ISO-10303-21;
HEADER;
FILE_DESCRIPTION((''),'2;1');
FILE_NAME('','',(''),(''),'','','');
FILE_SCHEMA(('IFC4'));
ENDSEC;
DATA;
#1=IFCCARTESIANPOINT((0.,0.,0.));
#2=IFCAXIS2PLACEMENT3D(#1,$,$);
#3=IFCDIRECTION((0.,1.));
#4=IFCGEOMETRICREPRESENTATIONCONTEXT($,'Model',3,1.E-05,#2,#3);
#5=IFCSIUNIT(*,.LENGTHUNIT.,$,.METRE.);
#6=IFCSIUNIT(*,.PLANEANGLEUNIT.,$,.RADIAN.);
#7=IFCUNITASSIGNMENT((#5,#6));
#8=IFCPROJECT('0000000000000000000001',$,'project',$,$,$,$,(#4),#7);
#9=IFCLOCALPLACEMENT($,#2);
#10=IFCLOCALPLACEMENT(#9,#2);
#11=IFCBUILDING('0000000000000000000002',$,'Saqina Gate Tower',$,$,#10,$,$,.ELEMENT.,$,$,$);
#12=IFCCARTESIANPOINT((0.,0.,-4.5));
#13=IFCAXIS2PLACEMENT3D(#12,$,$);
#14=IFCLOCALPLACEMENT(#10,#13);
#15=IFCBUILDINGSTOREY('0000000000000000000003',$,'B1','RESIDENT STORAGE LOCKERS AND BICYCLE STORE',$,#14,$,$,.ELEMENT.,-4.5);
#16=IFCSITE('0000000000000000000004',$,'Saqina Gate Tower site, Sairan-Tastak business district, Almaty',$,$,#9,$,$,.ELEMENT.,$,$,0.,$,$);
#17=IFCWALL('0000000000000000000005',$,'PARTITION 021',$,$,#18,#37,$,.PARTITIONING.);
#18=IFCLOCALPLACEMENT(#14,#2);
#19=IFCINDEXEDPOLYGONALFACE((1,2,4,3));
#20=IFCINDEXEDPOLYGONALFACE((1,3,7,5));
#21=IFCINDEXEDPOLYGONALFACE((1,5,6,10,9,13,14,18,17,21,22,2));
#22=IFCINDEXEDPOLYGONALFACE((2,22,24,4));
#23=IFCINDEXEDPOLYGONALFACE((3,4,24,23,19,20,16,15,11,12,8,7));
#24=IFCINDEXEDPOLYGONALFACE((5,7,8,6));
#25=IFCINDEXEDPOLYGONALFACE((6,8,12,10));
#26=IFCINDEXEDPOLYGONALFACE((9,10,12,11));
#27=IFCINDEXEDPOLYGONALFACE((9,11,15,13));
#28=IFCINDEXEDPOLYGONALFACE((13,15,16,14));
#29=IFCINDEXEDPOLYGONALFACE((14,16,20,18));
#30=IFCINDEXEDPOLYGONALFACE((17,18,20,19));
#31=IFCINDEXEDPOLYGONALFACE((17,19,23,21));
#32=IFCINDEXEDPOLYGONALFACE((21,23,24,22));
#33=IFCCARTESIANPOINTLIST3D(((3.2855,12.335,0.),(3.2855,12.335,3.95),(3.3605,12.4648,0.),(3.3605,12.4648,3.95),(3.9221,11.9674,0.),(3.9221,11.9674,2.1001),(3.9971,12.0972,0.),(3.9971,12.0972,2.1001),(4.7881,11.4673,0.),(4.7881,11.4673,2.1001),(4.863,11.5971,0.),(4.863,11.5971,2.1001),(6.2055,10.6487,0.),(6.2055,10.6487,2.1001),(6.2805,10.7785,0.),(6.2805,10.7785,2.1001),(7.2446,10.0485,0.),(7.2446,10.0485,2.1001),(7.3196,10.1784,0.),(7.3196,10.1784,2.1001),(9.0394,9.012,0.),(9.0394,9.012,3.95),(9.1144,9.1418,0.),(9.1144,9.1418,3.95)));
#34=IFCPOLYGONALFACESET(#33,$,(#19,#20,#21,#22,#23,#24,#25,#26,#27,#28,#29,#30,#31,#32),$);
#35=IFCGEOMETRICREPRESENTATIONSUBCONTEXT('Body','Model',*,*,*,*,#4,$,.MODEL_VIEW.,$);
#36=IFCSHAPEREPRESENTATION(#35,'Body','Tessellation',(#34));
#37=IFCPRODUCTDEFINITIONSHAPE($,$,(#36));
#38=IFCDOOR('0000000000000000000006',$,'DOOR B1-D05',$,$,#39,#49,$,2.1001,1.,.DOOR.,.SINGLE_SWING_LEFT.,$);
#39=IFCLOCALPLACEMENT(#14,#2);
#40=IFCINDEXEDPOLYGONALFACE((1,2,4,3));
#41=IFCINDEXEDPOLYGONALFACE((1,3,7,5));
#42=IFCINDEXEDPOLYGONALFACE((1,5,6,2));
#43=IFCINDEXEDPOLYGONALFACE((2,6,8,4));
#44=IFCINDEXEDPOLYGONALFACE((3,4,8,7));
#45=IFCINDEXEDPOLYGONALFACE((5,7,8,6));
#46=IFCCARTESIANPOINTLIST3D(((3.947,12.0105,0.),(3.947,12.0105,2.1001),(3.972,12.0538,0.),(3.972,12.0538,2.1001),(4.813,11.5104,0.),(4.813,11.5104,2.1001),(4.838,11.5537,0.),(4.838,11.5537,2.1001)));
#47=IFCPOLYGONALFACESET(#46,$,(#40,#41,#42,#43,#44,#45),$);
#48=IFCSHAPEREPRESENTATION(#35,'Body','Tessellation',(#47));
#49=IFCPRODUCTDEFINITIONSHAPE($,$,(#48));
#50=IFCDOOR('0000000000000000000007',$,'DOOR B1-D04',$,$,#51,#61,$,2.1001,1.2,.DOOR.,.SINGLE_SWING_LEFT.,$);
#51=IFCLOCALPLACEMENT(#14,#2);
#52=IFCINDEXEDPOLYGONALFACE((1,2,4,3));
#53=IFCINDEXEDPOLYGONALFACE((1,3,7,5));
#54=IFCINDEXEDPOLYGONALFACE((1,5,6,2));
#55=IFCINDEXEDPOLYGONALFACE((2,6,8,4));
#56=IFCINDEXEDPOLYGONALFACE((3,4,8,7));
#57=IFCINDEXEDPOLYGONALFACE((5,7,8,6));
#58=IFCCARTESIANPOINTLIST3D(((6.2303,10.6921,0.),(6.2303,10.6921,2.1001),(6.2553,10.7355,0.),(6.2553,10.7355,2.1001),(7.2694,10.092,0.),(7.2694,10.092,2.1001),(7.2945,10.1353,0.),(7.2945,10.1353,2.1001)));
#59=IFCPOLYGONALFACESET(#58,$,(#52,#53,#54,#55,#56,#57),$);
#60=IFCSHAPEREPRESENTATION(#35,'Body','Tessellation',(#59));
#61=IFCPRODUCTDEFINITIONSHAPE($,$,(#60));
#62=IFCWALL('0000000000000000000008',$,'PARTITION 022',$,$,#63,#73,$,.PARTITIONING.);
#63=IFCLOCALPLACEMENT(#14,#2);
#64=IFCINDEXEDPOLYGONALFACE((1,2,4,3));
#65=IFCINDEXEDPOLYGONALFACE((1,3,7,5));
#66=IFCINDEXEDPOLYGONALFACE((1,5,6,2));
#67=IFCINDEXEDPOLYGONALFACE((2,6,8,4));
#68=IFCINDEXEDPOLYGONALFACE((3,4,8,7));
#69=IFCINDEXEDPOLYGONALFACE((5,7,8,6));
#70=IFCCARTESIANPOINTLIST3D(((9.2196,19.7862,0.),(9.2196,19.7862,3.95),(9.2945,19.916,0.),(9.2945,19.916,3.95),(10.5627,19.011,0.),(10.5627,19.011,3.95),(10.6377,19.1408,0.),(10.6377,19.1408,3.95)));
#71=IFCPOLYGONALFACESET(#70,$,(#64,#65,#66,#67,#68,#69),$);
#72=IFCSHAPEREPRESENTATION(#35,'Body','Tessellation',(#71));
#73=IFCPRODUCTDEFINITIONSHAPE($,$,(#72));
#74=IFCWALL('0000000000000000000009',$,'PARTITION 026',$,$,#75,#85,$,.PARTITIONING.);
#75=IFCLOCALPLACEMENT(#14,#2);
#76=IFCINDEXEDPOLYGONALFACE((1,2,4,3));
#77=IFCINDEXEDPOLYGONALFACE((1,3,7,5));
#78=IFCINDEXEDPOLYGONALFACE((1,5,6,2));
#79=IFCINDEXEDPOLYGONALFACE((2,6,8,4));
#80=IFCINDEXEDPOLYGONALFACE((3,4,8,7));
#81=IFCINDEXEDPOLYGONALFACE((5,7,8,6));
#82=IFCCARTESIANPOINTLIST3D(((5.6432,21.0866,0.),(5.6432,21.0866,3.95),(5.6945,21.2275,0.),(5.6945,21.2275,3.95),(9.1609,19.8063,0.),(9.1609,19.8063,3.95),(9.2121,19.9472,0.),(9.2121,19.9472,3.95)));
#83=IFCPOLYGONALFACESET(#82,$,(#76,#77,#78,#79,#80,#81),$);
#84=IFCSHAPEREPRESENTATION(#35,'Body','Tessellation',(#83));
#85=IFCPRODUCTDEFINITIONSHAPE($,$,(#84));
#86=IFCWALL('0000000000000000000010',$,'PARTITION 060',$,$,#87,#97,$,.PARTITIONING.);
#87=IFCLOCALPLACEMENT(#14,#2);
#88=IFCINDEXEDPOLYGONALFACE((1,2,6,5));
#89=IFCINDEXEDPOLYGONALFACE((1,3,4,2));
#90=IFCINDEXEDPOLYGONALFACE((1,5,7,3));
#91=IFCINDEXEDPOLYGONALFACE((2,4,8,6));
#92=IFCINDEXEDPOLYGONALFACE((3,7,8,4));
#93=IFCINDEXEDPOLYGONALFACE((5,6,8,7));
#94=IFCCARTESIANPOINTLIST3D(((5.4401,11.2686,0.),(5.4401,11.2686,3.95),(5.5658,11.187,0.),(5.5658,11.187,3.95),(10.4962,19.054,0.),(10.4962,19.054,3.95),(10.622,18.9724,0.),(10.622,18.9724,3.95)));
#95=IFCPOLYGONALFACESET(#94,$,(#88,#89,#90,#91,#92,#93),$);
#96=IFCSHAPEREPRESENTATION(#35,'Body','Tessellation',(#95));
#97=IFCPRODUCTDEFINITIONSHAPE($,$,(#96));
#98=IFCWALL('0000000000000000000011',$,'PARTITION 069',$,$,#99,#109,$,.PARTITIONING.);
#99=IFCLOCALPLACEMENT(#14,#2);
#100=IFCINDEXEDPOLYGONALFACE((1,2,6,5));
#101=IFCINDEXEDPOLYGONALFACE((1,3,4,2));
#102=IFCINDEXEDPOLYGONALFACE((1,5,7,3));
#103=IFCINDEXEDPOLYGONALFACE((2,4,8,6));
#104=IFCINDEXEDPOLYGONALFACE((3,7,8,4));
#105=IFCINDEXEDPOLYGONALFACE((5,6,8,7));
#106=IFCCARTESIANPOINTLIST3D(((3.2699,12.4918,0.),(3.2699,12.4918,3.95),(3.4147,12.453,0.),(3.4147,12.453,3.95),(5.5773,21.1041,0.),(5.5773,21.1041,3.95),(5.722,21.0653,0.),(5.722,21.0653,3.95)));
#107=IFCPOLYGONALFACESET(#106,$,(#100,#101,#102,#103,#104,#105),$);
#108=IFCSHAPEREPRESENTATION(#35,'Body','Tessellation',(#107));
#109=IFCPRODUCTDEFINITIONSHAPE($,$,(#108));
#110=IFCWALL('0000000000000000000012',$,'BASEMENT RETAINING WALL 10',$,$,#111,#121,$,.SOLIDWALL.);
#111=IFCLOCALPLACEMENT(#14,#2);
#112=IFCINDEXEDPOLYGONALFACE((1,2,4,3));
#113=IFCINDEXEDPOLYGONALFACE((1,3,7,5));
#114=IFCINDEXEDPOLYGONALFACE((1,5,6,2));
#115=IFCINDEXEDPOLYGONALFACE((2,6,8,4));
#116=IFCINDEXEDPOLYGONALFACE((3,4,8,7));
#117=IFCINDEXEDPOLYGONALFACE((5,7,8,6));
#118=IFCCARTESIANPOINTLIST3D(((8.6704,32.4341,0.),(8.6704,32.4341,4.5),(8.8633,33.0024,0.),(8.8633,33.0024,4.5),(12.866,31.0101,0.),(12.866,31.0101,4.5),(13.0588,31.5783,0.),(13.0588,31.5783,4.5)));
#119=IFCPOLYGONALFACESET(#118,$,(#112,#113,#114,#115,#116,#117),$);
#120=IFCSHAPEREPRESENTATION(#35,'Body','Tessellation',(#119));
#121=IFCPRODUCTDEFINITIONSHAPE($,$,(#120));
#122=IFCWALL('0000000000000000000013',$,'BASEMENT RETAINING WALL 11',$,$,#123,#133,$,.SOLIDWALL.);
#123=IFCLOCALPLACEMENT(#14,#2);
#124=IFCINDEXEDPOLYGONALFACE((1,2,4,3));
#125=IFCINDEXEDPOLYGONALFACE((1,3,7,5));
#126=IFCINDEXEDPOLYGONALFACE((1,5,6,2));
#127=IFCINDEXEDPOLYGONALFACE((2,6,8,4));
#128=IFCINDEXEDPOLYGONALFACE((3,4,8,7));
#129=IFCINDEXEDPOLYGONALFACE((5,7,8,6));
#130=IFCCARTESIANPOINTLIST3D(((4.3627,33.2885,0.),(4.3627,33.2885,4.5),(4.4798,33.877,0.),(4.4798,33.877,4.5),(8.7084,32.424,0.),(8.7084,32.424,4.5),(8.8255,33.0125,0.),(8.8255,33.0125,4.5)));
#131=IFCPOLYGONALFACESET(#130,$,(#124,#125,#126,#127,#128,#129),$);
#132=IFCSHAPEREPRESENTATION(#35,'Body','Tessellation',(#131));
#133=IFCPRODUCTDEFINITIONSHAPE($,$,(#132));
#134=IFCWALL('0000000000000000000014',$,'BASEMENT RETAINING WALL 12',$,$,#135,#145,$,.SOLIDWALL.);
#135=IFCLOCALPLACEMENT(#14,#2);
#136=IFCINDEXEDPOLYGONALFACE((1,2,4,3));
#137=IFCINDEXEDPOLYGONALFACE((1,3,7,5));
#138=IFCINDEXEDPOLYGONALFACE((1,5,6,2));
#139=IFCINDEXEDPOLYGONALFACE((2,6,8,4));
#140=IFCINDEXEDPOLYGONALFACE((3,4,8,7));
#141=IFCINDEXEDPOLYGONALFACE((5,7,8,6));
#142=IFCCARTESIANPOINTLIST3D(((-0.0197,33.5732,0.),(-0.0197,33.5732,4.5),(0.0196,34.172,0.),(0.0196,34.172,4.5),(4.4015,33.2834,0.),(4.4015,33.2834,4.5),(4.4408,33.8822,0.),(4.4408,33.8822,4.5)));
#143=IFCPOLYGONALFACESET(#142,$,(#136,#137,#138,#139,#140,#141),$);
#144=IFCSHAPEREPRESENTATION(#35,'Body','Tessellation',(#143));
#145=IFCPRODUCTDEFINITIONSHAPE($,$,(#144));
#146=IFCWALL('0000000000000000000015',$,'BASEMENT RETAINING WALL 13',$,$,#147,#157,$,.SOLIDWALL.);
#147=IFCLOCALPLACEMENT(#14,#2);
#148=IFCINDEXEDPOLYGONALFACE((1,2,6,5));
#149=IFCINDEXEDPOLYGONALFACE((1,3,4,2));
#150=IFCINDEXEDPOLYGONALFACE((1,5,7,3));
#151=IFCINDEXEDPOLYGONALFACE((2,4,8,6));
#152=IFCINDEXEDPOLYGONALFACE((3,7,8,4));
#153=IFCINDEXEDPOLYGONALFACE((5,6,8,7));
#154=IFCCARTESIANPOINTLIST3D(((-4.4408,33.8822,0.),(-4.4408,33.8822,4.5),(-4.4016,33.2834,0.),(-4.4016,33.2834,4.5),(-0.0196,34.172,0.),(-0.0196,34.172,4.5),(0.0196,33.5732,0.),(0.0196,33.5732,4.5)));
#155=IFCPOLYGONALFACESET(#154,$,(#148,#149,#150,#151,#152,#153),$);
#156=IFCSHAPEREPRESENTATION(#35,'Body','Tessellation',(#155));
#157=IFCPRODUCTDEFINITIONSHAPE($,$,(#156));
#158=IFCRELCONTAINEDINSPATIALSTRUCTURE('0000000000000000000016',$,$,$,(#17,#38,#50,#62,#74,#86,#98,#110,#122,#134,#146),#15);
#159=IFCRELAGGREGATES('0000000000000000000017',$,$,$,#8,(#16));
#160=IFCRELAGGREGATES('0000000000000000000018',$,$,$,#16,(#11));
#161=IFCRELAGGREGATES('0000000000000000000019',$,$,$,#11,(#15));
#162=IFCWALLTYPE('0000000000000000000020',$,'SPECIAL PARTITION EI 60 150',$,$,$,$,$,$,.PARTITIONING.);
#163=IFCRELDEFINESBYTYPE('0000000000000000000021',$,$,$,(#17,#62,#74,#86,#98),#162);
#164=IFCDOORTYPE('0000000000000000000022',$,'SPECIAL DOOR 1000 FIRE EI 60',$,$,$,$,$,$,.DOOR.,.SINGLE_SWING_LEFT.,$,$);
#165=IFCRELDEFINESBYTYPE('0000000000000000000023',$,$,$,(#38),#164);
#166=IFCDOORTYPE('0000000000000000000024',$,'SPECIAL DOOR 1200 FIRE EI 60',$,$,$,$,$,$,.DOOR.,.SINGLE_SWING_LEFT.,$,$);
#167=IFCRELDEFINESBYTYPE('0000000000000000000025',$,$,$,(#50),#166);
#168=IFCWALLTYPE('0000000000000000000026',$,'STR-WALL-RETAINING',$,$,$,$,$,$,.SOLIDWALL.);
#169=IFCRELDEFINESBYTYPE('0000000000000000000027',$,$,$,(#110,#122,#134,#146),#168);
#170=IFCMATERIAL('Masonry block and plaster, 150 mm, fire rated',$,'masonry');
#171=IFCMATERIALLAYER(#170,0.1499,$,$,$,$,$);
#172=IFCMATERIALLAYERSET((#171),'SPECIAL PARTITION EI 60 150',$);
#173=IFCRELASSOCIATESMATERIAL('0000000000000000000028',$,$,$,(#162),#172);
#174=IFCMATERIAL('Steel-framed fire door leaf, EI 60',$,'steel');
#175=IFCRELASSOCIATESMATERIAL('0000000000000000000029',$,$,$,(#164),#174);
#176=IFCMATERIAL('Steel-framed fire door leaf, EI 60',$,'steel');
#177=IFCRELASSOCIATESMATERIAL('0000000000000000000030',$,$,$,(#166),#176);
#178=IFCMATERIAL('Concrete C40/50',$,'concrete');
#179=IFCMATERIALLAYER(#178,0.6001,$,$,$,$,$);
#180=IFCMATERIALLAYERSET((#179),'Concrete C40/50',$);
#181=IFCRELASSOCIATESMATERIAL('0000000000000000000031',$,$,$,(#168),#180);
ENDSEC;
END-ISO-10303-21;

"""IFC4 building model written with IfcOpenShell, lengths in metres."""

from ifc_helpers import new_model, si_unit, direction, frame, frame_2d, origin, place, context, subcontext, project, spatial, rectangle, extrude, material, layer, layer_set, type_object, element, fill, save


model = new_model("IFC4")

# Units and contexts
model_context = context("Model", 3, precision=1e-05, world=origin(), true_north=direction((0.0, 1.0)))
body_context = subcontext(model_context, "Body", "Model", "MODEL_VIEW")
ifc_project = project(units=[si_unit("LENGTHUNIT", "METRE"), si_unit("PLANEANGLEUNIT", "RADIAN")], contexts=[model_context])

# Site, building, storey
site_placement = place(None, origin())
site = spatial("IfcSite", under=ifc_project, at=site_placement, Name="Saqina Gate Tower site, Sairan-Tastak business district, Almaty", CompositionType="ELEMENT", RefElevation=0.0)
building_placement = place(site_placement, origin())
building = spatial("IfcBuilding", under=site, at=building_placement, Name="Saqina Gate Tower", CompositionType="ELEMENT")
storey_placement = place(building_placement, frame((0.0, 0.0, -4.5)))
storey = spatial("IfcBuildingStorey", under=building, at=storey_placement, Name="B1", Description="RESIDENT STORAGE LOCKERS AND BICYCLE STORE", CompositionType="ELEMENT", Elevation=-4.5)

# Wall, openings, doors
ifc_material_1 = material(Name="Masonry block and plaster, 150 mm, fire rated", Category="masonry")
ifc_layer_1 = layer(ifc_material_1, 0.1499)
ifc_layer_set_1 = layer_set([ifc_layer_1], Name="SPECIAL PARTITION EI 60 150")
wall_type_1 = type_object("IfcWallType", Name="SPECIAL PARTITION EI 60 150", PredefinedType="PARTITIONING", material=ifc_layer_set_1)
wall_1_placement = place(storey_placement, frame((3.323, 12.3999, 0.0), z_axis=(0.0, 0.0, 1.0), x_axis=(0.865962, -0.50011, 0.0)))
wall_1 = element("IfcWall", 1, at=wall_1_placement, inside=storey, type_object=wall_type_1, Name="PARTITION 021", PredefinedType="PARTITIONING", context=body_context, shape_type="SweptSolid", body=[
    extrude(rectangle(XDim=6.6445, YDim=0.1499, at=frame_2d((3.3223, 0.0))), origin(), (0.0, 0.0, 1.0), 3.95),
])
opening_1_placement = place(wall_1_placement, frame((3.3718, 0.0, 0.0)))
opening_1 = element("IfcOpeningElement", 2, at=opening_1_placement, cuts=wall_1, PredefinedType="OPENING", context=body_context, shape_type="SweptSolid", body=[
    extrude(rectangle(XDim=1.2, YDim=2.1001, at=frame_2d((0.6001, 1.05))), frame((0.0, 0.0869, 0.0), z_axis=(0.0, -1.0, 0.0), x_axis=(1.0, 0.0, 0.0)), (0.0, 0.0, 1.0), 0.1738),
])
opening_2_placement = place(wall_1_placement, frame((0.7351, 0.0, 0.0)))
opening_2 = element("IfcOpeningElement", 3, at=opening_2_placement, cuts=wall_1, PredefinedType="OPENING", context=body_context, shape_type="SweptSolid", body=[
    extrude(rectangle(XDim=1.0, YDim=2.1001, at=frame_2d((0.5, 1.05))), frame((0.0, 0.0869, 0.0), z_axis=(0.0, -1.0, 0.0), x_axis=(1.0, 0.0, 0.0)), (0.0, 0.0, 1.0), 0.1738),
])
ifc_material_2 = material(Name="Steel-framed fire door leaf, EI 60", Category="steel")
door_type_1 = type_object("IfcDoorType", Name="SPECIAL DOOR 1000 FIRE EI 60", OperationType="SINGLE_SWING_LEFT", PredefinedType="DOOR", material=ifc_material_2)
door_1_placement = place(opening_2_placement, origin())
door_1 = element("IfcDoor", 4, at=door_1_placement, inside=storey, type_object=door_type_1, Name="DOOR B1-D05", OperationType="SINGLE_SWING_LEFT", OverallHeight=2.1001, OverallWidth=1.0, PredefinedType="DOOR", context=body_context, shape_type="SweptSolid", body=[
    extrude(rectangle(XDim=1.0, YDim=2.1001, at=frame_2d((0.5, 1.05))), frame((0.0, 0.0249, 0.0), z_axis=(0.0, -1.0, 0.0), x_axis=(1.0, 0.0, 0.0)), (0.0, 0.0, 1.0), 0.05),
])
fill(opening_2, door_1)
ifc_material_3 = material(Name="Steel-framed fire door leaf, EI 60", Category="steel")
door_type_2 = type_object("IfcDoorType", Name="SPECIAL DOOR 1200 FIRE EI 60", OperationType="SINGLE_SWING_LEFT", PredefinedType="DOOR", material=ifc_material_3)
door_2_placement = place(opening_1_placement, frame((1.2, 0.0, 0.0), z_axis=(0.0, 0.0, 1.0), x_axis=(-1.0, 0.0, 0.0)))
door_2 = element("IfcDoor", 5, at=door_2_placement, inside=storey, type_object=door_type_2, Name="DOOR B1-D04", OperationType="SINGLE_SWING_LEFT", OverallHeight=2.1001, OverallWidth=1.2, PredefinedType="DOOR", context=body_context, shape_type="SweptSolid", body=[
    extrude(rectangle(XDim=1.2, YDim=2.1001, at=frame_2d((0.6001, 1.05))), frame((0.0, 0.0249, 0.0), z_axis=(0.0, -1.0, 0.0), x_axis=(1.0, 0.0, 0.0)), (0.0, 0.0, 1.0), 0.05),
])
fill(opening_1, door_2)

# Walls
wall_2_placement = place(storey_placement, frame((9.2571, 19.8511, 0.0), z_axis=(0.0, 0.0, 1.0), x_axis=(0.866094, -0.499881, 0.0)))
element("IfcWall", 6, at=wall_2_placement, inside=storey, type_object=wall_type_1, Name="PARTITION 022", PredefinedType="PARTITIONING", context=body_context, shape_type="SweptSolid", body=[
    extrude(rectangle(XDim=1.5508, YDim=0.1499, at=frame_2d((0.7754, 0.0))), origin(), (0.0, 0.0, 1.0), 3.95),
])
wall_3_placement = place(storey_placement, frame((5.6689, 21.157, 0.0), z_axis=(0.0, 0.0, 1.0), x_axis=(0.939694, -0.342015, 0.0)))
element("IfcWall", 7, at=wall_3_placement, inside=storey, type_object=wall_type_1, Name="PARTITION 026", PredefinedType="PARTITIONING", context=body_context, shape_type="SweptSolid", body=[
    extrude(rectangle(XDim=3.7434, YDim=0.1499, at=frame_2d((1.8716, 0.0))), origin(), (0.0, 0.0, 1.0), 3.95),
])
wall_4_placement = place(storey_placement, frame((5.5029, 11.2278, 0.0), z_axis=(0.0, 0.0, 1.0), x_axis=(0.544658, 0.838658, 0.0)))
element("IfcWall", 8, at=wall_4_placement, inside=storey, type_object=wall_type_1, Name="PARTITION 060", PredefinedType="PARTITIONING", context=body_context, shape_type="SweptSolid", body=[
    extrude(rectangle(XDim=9.2832, YDim=0.1499, at=frame_2d((4.6416, 0.0))), origin(), (0.0, 0.0, 1.0), 3.95),
])
wall_5_placement = place(storey_placement, frame((3.3423, 12.4724, 0.0), z_axis=(0.0, 0.0, 1.0), x_axis=(0.258789, 0.965934, 0.0)))
element("IfcWall", 9, at=wall_5_placement, inside=storey, type_object=wall_type_1, Name="PARTITION 069", PredefinedType="PARTITIONING", context=body_context, shape_type="SweptSolid", body=[
    extrude(rectangle(XDim=8.916, YDim=0.1499, at=frame_2d((4.458, 0.0))), origin(), (0.0, 0.0, 1.0), 3.95),
])
ifc_material_4 = material(Name="Concrete C40/50", Category="concrete")
ifc_layer_2 = layer(ifc_material_4, 0.6001)
ifc_layer_set_2 = layer_set([ifc_layer_2], Name="Concrete C40/50")
wall_type_2 = type_object("IfcWallType", Name="STR-WALL-RETAINING", PredefinedType="SOLIDWALL", material=ifc_layer_set_2)
wall_6_placement = place(storey_placement, frame((12.9624, 31.2942, 0.0), z_axis=(0.0, 0.0, 1.0), x_axis=(-0.946939, 0.321414, 0.0)))
element("IfcWall", 10, at=wall_6_placement, inside=storey, type_object=wall_type_2, Name="BASEMENT RETAINING WALL 10", PredefinedType="SOLIDWALL", context=body_context, shape_type="SweptSolid", body=[
    extrude(rectangle(XDim=4.4307, YDim=0.6001, at=frame_2d((2.2153, 0.0))), origin(), (0.0, 0.0, 1.0), 4.5),
])
wall_7_placement = place(storey_placement, frame((8.7668, 32.7183, 0.0), z_axis=(0.0, 0.0, 1.0), x_axis=(-0.980781, 0.195109, 0.0)))
element("IfcWall", 11, at=wall_7_placement, inside=storey, type_object=wall_type_2, Name="BASEMENT RETAINING WALL 11", PredefinedType="SOLIDWALL", context=body_context, shape_type="SweptSolid", body=[
    extrude(rectangle(XDim=4.4309, YDim=0.6001, at=frame_2d((2.2153, 0.0))), origin(), (0.0, 0.0, 1.0), 4.5),
])
for number, where, z_axis, x_axis, name in (
    (12, (4.4211, 33.5828, 0.0), (0.0, 0.0, 1.0), (-0.997859, 0.065407, 0.0), "BASEMENT RETAINING WALL 12"),
    (13, (0.0, 33.8726, 0.0), (0.0, 0.0, 1.0), (-0.997859, -0.065407, 0.0), "BASEMENT RETAINING WALL 13"),
):
    element("IfcWall", number, at=place(storey_placement, frame(where, z_axis=z_axis, x_axis=x_axis)), inside=storey, type_object=wall_type_2, Name=name, PredefinedType="SOLIDWALL", context=body_context, shape_type="SweptSolid", body=[
        extrude(rectangle(XDim=4.4307, YDim=0.6001, at=frame_2d((2.2153, 0.0))), origin(), (0.0, 0.0, 1.0), 4.5),
    ])

save(model, "model.ifc")
